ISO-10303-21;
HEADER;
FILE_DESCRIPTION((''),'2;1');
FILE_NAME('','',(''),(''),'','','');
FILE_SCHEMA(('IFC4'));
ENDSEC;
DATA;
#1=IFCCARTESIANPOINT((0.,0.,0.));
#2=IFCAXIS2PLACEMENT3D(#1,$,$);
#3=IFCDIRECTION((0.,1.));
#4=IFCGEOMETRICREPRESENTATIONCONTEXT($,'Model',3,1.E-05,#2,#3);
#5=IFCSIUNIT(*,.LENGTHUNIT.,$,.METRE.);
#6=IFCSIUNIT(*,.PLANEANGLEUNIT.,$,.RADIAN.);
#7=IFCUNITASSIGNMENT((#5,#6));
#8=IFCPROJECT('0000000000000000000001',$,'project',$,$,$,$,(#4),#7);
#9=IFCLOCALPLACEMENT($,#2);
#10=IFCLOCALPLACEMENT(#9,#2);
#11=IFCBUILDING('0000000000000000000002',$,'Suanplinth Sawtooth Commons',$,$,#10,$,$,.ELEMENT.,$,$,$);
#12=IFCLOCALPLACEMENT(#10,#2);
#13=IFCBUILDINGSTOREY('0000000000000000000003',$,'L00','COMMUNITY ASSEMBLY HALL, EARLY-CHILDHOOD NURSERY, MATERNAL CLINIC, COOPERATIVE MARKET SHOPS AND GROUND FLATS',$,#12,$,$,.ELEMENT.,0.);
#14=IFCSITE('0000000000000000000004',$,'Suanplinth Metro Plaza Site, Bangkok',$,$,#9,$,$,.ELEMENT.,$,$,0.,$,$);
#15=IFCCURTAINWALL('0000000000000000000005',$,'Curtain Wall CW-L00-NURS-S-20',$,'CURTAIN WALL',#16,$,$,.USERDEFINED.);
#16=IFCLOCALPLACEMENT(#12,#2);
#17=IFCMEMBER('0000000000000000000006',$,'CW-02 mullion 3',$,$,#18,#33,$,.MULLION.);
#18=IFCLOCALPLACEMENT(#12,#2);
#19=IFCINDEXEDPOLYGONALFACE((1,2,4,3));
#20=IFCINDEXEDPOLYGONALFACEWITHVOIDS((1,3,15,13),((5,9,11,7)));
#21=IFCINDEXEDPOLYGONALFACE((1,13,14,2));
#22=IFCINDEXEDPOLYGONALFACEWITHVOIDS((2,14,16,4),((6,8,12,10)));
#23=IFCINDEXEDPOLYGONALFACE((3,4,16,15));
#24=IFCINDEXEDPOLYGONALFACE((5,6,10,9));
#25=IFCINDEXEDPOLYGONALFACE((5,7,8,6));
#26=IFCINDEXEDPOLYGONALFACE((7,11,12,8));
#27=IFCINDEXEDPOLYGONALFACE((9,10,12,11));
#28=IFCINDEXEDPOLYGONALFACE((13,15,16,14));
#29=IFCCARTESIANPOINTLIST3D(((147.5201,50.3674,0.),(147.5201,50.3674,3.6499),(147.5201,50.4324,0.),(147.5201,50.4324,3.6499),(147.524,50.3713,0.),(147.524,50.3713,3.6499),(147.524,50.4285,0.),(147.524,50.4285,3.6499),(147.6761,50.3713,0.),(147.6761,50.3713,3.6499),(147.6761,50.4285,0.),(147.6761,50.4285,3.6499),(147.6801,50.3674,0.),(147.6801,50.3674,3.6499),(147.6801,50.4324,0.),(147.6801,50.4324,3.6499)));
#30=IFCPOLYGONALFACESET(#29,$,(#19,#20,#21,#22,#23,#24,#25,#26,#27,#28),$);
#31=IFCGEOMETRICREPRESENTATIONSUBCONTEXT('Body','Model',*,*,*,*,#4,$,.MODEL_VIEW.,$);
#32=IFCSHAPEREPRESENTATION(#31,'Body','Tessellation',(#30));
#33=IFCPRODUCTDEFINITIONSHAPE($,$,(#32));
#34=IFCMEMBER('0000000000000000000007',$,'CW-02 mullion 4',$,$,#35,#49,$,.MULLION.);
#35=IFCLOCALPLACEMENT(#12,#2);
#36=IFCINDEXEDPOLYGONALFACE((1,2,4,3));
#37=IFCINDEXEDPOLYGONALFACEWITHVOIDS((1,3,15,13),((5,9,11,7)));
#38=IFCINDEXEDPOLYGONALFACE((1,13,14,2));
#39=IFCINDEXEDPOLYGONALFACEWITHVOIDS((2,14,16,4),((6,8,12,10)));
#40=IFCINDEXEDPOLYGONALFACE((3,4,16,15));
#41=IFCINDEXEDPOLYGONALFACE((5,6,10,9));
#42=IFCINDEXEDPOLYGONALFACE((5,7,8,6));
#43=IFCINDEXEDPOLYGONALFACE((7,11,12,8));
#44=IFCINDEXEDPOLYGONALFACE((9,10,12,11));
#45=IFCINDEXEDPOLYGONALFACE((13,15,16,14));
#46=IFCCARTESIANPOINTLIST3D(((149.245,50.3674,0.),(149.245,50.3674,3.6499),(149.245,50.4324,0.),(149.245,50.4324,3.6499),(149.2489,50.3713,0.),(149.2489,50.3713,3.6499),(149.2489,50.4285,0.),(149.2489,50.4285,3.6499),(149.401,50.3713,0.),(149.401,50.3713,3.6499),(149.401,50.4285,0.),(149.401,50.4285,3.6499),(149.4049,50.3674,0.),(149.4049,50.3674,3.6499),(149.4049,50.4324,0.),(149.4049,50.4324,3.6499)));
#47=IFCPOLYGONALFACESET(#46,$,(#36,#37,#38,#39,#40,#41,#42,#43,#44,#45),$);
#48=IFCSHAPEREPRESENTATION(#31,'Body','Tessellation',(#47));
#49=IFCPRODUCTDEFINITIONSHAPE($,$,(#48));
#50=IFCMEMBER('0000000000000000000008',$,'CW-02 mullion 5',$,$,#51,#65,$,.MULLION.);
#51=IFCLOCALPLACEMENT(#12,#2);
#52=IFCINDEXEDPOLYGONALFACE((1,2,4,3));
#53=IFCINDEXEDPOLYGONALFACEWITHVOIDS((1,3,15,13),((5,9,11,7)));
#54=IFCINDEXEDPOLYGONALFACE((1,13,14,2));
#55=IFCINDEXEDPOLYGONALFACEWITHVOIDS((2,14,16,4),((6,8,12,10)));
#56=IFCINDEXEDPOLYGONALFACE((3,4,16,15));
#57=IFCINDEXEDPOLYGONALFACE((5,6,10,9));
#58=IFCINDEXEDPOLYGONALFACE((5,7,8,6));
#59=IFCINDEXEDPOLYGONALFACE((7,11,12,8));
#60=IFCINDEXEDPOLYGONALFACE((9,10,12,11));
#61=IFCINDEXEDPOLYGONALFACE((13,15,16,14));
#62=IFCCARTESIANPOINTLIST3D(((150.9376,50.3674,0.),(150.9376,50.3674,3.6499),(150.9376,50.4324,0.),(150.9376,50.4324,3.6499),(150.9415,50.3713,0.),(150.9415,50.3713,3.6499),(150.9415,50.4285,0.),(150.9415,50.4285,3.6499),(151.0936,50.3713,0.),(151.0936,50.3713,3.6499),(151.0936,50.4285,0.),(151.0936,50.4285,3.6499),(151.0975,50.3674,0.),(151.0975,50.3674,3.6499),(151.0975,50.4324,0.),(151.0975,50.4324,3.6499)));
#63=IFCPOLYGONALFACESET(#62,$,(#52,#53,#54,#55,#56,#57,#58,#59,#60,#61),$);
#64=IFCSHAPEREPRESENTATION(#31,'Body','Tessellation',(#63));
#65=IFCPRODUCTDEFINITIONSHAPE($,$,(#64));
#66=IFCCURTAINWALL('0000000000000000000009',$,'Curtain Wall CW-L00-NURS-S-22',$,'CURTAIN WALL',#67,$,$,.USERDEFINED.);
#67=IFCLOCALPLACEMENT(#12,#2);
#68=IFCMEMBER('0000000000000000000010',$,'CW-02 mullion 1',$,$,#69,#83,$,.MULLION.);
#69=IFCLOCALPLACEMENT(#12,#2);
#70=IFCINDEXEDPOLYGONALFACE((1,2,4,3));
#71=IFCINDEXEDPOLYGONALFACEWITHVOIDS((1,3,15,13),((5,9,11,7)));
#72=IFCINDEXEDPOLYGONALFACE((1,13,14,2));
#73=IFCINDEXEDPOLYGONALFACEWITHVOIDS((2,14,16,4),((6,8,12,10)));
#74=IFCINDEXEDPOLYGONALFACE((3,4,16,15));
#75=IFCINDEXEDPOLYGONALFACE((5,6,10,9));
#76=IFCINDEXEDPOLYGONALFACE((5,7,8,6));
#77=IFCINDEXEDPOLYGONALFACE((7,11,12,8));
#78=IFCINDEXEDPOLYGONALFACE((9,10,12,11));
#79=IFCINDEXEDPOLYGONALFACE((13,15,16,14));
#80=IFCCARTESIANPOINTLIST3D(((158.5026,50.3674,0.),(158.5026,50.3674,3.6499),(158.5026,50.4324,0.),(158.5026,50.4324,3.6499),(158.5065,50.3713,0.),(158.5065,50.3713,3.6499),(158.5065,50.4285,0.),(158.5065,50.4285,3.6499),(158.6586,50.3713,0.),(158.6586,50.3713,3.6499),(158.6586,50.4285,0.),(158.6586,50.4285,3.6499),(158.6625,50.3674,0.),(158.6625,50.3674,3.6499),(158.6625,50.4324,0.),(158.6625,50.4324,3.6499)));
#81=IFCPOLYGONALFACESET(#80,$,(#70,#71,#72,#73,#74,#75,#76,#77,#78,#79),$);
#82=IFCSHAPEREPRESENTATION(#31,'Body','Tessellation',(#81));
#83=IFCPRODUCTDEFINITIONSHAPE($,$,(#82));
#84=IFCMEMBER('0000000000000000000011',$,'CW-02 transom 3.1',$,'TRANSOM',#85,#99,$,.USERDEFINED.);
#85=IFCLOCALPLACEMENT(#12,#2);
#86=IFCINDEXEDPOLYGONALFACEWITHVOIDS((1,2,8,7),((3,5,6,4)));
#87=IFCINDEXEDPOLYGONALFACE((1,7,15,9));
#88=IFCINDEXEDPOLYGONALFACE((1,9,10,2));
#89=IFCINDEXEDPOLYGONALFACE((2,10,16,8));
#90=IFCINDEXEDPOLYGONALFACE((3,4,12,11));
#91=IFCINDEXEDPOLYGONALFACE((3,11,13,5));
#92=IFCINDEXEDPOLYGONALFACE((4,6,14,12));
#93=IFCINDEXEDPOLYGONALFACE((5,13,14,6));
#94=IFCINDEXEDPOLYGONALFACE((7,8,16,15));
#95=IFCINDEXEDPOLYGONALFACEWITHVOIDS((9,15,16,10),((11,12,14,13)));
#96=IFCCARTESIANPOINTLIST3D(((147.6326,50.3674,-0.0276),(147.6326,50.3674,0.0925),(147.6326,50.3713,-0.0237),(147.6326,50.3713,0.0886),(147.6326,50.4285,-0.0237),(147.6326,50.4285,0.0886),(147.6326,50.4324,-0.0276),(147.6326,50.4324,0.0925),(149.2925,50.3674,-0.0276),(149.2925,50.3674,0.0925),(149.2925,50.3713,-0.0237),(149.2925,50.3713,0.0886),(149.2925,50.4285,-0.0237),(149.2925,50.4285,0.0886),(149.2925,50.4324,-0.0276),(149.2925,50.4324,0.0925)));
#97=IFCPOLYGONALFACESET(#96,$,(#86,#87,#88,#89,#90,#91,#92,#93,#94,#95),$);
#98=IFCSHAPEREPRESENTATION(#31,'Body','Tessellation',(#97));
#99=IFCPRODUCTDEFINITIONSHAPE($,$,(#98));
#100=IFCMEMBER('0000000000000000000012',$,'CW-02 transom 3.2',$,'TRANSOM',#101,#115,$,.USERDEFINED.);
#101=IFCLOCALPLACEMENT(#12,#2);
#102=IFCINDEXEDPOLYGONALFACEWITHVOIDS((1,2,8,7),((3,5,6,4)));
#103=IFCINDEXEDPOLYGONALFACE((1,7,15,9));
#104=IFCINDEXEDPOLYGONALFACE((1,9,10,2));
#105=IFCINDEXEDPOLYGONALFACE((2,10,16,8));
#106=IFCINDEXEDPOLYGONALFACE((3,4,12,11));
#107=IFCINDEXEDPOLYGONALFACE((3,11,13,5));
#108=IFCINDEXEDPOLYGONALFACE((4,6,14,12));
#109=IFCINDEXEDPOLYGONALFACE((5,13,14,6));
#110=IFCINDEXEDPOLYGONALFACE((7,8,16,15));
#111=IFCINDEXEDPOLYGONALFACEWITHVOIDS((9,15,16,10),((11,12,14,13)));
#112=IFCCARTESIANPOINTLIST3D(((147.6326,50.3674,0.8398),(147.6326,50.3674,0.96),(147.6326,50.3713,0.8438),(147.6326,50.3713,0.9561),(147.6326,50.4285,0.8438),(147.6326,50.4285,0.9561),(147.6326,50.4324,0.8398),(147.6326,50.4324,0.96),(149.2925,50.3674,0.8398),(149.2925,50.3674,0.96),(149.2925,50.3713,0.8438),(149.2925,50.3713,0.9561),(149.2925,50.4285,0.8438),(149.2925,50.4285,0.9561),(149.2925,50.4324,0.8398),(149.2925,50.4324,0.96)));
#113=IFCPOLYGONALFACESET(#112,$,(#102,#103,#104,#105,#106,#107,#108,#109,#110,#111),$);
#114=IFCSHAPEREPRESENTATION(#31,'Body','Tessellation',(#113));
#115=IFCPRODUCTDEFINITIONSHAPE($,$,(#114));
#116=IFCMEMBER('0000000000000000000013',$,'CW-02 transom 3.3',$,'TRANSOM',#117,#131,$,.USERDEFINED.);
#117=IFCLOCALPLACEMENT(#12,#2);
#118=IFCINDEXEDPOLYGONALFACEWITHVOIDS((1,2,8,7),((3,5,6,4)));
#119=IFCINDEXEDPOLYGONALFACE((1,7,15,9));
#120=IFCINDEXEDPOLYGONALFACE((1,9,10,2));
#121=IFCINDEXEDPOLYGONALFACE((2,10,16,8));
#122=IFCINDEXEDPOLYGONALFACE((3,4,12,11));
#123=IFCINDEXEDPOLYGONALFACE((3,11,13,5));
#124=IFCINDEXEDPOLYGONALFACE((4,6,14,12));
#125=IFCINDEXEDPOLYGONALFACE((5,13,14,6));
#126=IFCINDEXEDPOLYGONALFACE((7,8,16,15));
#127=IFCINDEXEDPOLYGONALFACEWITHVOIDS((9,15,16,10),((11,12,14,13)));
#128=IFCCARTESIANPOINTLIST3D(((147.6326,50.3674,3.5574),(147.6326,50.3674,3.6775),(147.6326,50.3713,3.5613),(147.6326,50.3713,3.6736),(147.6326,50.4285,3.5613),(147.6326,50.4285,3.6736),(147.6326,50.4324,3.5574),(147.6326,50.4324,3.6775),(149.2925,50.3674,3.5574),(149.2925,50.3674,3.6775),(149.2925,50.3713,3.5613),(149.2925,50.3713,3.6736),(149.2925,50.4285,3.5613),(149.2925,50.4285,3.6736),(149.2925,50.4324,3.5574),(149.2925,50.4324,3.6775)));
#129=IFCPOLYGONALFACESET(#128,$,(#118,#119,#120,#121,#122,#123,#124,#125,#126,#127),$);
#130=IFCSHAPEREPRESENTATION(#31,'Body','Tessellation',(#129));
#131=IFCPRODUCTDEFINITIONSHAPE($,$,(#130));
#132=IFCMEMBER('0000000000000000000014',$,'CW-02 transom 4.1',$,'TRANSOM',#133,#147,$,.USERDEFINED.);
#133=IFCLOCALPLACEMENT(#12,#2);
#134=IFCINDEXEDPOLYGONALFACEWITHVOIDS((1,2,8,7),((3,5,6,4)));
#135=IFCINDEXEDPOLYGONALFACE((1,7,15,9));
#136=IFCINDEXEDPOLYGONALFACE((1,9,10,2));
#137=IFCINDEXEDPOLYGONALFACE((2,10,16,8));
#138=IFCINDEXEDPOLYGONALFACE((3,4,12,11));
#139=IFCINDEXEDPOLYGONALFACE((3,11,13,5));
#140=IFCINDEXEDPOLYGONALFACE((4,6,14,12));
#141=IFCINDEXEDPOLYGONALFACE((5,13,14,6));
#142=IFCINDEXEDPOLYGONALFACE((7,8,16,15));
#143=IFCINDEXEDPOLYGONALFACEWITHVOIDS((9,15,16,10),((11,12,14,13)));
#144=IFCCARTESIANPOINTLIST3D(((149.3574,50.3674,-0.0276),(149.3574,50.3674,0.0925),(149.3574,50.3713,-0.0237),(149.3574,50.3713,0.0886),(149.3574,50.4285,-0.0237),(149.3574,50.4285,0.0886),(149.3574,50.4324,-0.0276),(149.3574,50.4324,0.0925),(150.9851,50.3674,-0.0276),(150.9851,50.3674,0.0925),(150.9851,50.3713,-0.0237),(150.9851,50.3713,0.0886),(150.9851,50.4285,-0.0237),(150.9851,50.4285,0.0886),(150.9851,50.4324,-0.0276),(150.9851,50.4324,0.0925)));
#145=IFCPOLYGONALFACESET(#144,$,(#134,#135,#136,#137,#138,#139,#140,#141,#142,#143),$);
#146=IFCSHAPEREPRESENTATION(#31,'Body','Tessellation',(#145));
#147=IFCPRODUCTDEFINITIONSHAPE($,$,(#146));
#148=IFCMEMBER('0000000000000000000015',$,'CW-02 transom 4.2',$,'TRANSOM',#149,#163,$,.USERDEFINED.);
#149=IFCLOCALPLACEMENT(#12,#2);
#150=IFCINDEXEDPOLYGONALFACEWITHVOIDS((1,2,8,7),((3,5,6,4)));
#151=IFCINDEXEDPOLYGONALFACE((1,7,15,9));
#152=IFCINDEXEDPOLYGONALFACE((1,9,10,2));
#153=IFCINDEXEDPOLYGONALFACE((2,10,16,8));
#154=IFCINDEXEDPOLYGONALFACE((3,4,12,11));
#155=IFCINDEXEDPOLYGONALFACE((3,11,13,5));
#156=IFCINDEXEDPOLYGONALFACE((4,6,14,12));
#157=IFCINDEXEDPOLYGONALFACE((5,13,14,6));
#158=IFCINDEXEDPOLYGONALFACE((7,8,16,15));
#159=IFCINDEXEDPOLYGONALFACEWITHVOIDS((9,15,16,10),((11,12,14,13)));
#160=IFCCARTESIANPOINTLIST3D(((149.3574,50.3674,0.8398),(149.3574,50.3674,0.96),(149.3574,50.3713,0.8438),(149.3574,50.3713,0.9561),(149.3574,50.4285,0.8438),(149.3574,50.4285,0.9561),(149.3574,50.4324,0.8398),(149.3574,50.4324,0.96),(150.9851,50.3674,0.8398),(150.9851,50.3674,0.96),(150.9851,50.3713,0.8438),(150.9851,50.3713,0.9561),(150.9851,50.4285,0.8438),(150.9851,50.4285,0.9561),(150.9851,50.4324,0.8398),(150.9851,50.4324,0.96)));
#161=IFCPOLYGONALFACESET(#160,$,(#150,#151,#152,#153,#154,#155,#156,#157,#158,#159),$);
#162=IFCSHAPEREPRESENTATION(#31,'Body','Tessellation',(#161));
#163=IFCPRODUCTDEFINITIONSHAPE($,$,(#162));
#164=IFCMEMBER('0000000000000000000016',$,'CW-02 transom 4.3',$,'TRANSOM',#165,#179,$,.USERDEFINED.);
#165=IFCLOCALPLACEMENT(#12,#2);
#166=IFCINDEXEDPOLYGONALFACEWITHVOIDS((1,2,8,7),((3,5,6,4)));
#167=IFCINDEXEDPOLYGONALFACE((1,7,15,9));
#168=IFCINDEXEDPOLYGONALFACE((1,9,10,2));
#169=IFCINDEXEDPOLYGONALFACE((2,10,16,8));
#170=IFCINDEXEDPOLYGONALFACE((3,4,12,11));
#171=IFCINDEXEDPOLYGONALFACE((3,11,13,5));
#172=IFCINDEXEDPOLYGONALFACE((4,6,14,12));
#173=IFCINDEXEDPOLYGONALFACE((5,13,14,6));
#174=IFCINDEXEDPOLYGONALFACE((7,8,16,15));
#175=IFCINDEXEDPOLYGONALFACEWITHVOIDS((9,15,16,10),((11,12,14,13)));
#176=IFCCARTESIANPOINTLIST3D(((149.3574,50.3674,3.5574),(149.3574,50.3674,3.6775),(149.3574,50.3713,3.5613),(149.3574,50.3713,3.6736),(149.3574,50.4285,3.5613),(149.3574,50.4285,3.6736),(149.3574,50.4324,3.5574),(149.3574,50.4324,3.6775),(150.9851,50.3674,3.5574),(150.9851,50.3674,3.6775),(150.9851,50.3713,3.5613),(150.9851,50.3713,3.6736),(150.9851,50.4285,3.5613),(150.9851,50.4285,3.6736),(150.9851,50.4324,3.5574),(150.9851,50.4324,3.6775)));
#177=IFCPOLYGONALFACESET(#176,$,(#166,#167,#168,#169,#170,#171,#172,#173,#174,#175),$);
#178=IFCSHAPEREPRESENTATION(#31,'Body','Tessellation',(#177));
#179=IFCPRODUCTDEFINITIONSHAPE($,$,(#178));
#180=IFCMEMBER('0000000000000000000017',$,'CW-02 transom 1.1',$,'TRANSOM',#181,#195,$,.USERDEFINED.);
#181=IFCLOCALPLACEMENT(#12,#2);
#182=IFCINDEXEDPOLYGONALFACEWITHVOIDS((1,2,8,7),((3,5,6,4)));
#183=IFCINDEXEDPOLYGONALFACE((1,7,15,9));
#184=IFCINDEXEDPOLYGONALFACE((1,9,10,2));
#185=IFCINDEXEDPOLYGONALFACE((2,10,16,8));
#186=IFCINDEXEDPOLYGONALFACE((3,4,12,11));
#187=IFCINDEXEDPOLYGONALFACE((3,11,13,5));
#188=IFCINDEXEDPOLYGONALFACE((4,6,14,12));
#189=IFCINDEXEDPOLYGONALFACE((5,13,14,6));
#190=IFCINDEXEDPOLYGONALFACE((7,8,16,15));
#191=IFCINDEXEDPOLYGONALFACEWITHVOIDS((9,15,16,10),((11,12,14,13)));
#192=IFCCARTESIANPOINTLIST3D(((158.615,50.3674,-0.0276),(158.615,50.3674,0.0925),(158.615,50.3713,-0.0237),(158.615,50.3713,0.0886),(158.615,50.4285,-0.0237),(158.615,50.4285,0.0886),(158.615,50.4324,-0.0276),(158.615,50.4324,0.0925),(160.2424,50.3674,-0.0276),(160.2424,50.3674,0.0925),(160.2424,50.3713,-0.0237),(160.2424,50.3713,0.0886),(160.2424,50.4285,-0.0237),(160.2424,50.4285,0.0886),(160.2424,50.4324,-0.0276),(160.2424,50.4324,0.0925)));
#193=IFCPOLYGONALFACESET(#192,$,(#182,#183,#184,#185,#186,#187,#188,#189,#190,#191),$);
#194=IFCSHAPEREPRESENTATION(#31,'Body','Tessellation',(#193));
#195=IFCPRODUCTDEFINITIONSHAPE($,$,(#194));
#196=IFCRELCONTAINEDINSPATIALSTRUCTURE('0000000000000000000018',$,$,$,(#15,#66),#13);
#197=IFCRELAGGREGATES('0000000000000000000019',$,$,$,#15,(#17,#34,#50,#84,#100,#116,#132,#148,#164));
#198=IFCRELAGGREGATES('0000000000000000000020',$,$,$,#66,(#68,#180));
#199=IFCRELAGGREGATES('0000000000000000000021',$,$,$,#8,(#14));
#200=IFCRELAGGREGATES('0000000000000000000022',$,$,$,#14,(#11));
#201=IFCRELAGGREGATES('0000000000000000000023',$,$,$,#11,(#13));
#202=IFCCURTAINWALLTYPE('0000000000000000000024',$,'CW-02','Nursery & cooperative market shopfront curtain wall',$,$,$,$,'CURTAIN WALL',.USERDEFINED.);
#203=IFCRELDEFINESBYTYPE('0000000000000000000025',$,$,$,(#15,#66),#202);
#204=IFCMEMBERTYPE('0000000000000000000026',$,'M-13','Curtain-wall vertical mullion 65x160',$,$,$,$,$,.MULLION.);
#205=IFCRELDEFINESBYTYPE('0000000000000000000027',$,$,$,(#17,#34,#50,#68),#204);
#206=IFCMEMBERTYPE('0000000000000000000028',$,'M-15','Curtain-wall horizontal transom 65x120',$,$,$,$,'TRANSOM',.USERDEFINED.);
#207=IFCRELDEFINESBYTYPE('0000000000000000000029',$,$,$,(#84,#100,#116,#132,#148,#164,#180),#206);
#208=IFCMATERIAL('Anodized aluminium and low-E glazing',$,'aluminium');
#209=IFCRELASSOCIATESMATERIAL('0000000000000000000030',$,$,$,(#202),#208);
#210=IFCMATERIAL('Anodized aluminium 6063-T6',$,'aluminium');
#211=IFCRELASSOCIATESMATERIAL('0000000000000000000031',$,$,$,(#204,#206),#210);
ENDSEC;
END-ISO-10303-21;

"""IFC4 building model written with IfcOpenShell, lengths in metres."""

from ifc_helpers import new_model, si_unit, direction, frame, origin, origin_2d, place, context, subcontext, project, spatial, hollow_rectangle, extrude, material, material_profile, profile_set, type_object, element, aggregate, save


model = new_model("IFC4")

# Units and contexts
model_context = context("Model", 3, precision=1e-05, world=origin(), true_north=direction((0.0, 1.0)))
body_context = subcontext(model_context, "Body", "Model", "MODEL_VIEW")
ifc_project = project(units=[si_unit("LENGTHUNIT", "METRE"), si_unit("PLANEANGLEUNIT", "RADIAN")], contexts=[model_context])

# Site, building, storey
site_placement = place(None, origin())
site = spatial("IfcSite", under=ifc_project, at=site_placement, Name="Suanplinth Metro Plaza Site, Bangkok", CompositionType="ELEMENT", RefElevation=0.0)
building_placement = place(site_placement, origin())
building = spatial("IfcBuilding", under=site, at=building_placement, Name="Suanplinth Sawtooth Commons", CompositionType="ELEMENT")
storey_placement = place(building_placement, origin())
storey = spatial("IfcBuildingStorey", under=building, at=storey_placement, Name="L00", Description="COMMUNITY ASSEMBLY HALL, EARLY-CHILDHOOD NURSERY, MATERNAL CLINIC, COOPERATIVE MARKET SHOPS AND GROUND FLATS", CompositionType="ELEMENT", Elevation=0.0)

# Curtain wall, members
ifc_material_1 = material(Name="Anodized aluminium and low-E glazing", Category="aluminium")
curtain_wall_type = type_object("IfcCurtainWallType", Name="CW-02", Description="Nursery & cooperative market shopfront curtain wall", ElementType="CURTAIN WALL", PredefinedType="USERDEFINED", material=ifc_material_1)
curtain_wall_1_placement = place(storey_placement, origin())
curtain_wall_1 = element("IfcCurtainWall", 1, at=curtain_wall_1_placement, inside=storey, type_object=curtain_wall_type, Name="Curtain Wall CW-L00-NURS-S-20", ObjectType="CURTAIN WALL", PredefinedType="USERDEFINED")
ifc_material_2 = material(Name="Anodized aluminium 6063-T6", Category="aluminium")
ifc_material_profile_1 = material_profile(ifc_material_2, hollow_rectangle(XDim=0.0649, YDim=0.1599, WallThickness=0.0039, at=origin_2d()), Name="ALU-MUL 65x160")
ifc_profile_set_1 = profile_set([ifc_material_profile_1], Name="Anodized aluminium 6063-T6")
member_type_1 = type_object("IfcMemberType", Name="M-13", Description="Curtain-wall vertical mullion 65x160", PredefinedType="MULLION", material=ifc_profile_set_1)
member_1_placement = place(storey_placement, frame((147.6001, 50.3999, 0.0), z_axis=(0.0, 0.0, 1.0), x_axis=(0.0, 1.0, 0.0)))
member_1 = element("IfcMember", 2, at=member_1_placement, type_object=member_type_1, Name="CW-02 mullion 3", PredefinedType="MULLION", context=body_context, shape_type="SweptSolid", body=[
    extrude(hollow_rectangle(XDim=0.0649, YDim=0.1599, WallThickness=0.0039, at=origin_2d()), origin(), (0.0, 0.0, 1.0), 3.6499),
])
member_2_placement = place(storey_placement, frame((149.325, 50.3999, 0.0), z_axis=(0.0, 0.0, 1.0), x_axis=(0.0, 1.0, 0.0)))
member_2 = element("IfcMember", 3, at=member_2_placement, type_object=member_type_1, Name="CW-02 mullion 4", PredefinedType="MULLION", context=body_context, shape_type="SweptSolid", body=[
    extrude(hollow_rectangle(XDim=0.0649, YDim=0.1599, WallThickness=0.0039, at=origin_2d()), origin(), (0.0, 0.0, 1.0), 3.6499),
])
member_3_placement = place(storey_placement, frame((151.0176, 50.3999, 0.0), z_axis=(0.0, 0.0, 1.0), x_axis=(0.0, 1.0, 0.0)))
member_3 = element("IfcMember", 4, at=member_3_placement, type_object=member_type_1, Name="CW-02 mullion 5", PredefinedType="MULLION", context=body_context, shape_type="SweptSolid", body=[
    extrude(hollow_rectangle(XDim=0.0649, YDim=0.1599, WallThickness=0.0039, at=origin_2d()), origin(), (0.0, 0.0, 1.0), 3.6499),
])

# Curtain wall, member
curtain_wall_2_placement = place(storey_placement, origin())
curtain_wall_2 = element("IfcCurtainWall", 5, at=curtain_wall_2_placement, inside=storey, type_object=curtain_wall_type, Name="Curtain Wall CW-L00-NURS-S-22", ObjectType="CURTAIN WALL", PredefinedType="USERDEFINED")
member_4_placement = place(storey_placement, frame((158.5825, 50.3999, 0.0), z_axis=(0.0, 0.0, 1.0), x_axis=(0.0, 1.0, 0.0)))
member_4 = element("IfcMember", 6, at=member_4_placement, type_object=member_type_1, Name="CW-02 mullion 1", PredefinedType="MULLION", context=body_context, shape_type="SweptSolid", body=[
    extrude(hollow_rectangle(XDim=0.0649, YDim=0.1599, WallThickness=0.0039, at=origin_2d()), origin(), (0.0, 0.0, 1.0), 3.6499),
])

# Members
ifc_material_profile_2 = material_profile(ifc_material_2, hollow_rectangle(XDim=0.0649, YDim=0.1201, WallThickness=0.0039, at=origin_2d()), Name="ALU-TRN 65x120")
ifc_profile_set_2 = profile_set([ifc_material_profile_2], Name="Anodized aluminium 6063-T6")
member_type_2 = type_object("IfcMemberType", Name="M-15", Description="Curtain-wall horizontal transom 65x120", ElementType="TRANSOM", PredefinedType="USERDEFINED", material=ifc_profile_set_2)
member_5_placement = place(storey_placement, frame((147.6326, 50.3999, 0.0325), z_axis=(1.0, 0.0, 0.0), x_axis=(0.0, 1.0, 0.0)))
member_5 = element("IfcMember", 7, at=member_5_placement, type_object=member_type_2, Name="CW-02 transom 3.1", ObjectType="TRANSOM", PredefinedType="USERDEFINED", context=body_context, shape_type="SweptSolid", body=[
    extrude(hollow_rectangle(XDim=0.0649, YDim=0.1201, WallThickness=0.0039, at=origin_2d()), origin(), (0.0, 0.0, 1.0), 1.6599),
])
member_6_placement = place(storey_placement, frame((147.6326, 50.3999, 0.8999), z_axis=(1.0, 0.0, 0.0), x_axis=(0.0, 1.0, 0.0)))
member_6 = element("IfcMember", 8, at=member_6_placement, type_object=member_type_2, Name="CW-02 transom 3.2", ObjectType="TRANSOM", PredefinedType="USERDEFINED", context=body_context, shape_type="SweptSolid", body=[
    extrude(hollow_rectangle(XDim=0.0649, YDim=0.1201, WallThickness=0.0039, at=origin_2d()), origin(), (0.0, 0.0, 1.0), 1.6599),
])
member_7_placement = place(storey_placement, frame((147.6326, 50.3999, 3.6174), z_axis=(1.0, 0.0, 0.0), x_axis=(0.0, 1.0, 0.0)))
member_7 = element("IfcMember", 9, at=member_7_placement, type_object=member_type_2, Name="CW-02 transom 3.3", ObjectType="TRANSOM", PredefinedType="USERDEFINED", context=body_context, shape_type="SweptSolid", body=[
    extrude(hollow_rectangle(XDim=0.0649, YDim=0.1201, WallThickness=0.0039, at=origin_2d()), origin(), (0.0, 0.0, 1.0), 1.6599),
])
member_8_placement = place(storey_placement, frame((149.3574, 50.3999, 0.0325), z_axis=(1.0, 0.0, 0.0), x_axis=(0.0, 1.0, 0.0)))
member_8 = element("IfcMember", 10, at=member_8_placement, type_object=member_type_2, Name="CW-02 transom 4.1", ObjectType="TRANSOM", PredefinedType="USERDEFINED", context=body_context, shape_type="SweptSolid", body=[
    extrude(hollow_rectangle(XDim=0.0649, YDim=0.1201, WallThickness=0.0039, at=origin_2d()), origin(), (0.0, 0.0, 1.0), 1.6277),
])
member_9_placement = place(storey_placement, frame((149.3574, 50.3999, 0.8999), z_axis=(1.0, 0.0, 0.0), x_axis=(0.0, 1.0, 0.0)))
member_9 = element("IfcMember", 11, at=member_9_placement, type_object=member_type_2, Name="CW-02 transom 4.2", ObjectType="TRANSOM", PredefinedType="USERDEFINED", context=body_context, shape_type="SweptSolid", body=[
    extrude(hollow_rectangle(XDim=0.0649, YDim=0.1201, WallThickness=0.0039, at=origin_2d()), origin(), (0.0, 0.0, 1.0), 1.6277),
])
member_10_placement = place(storey_placement, frame((149.3574, 50.3999, 3.6174), z_axis=(1.0, 0.0, 0.0), x_axis=(0.0, 1.0, 0.0)))
member_10 = element("IfcMember", 12, at=member_10_placement, type_object=member_type_2, Name="CW-02 transom 4.3", ObjectType="TRANSOM", PredefinedType="USERDEFINED", context=body_context, shape_type="SweptSolid", body=[
    extrude(hollow_rectangle(XDim=0.0649, YDim=0.1201, WallThickness=0.0039, at=origin_2d()), origin(), (0.0, 0.0, 1.0), 1.6277),
])
member_11_placement = place(storey_placement, frame((158.615, 50.3999, 0.0325), z_axis=(1.0, 0.0, 0.0), x_axis=(0.0, 1.0, 0.0)))
member_11 = element("IfcMember", 13, at=member_11_placement, type_object=member_type_2, Name="CW-02 transom 1.1", ObjectType="TRANSOM", PredefinedType="USERDEFINED", context=body_context, shape_type="SweptSolid", body=[
    extrude(hollow_rectangle(XDim=0.0649, YDim=0.1201, WallThickness=0.0039, at=origin_2d()), origin(), (0.0, 0.0, 1.0), 1.6274),
])

aggregate(curtain_wall_1, [member_1, member_2, member_3, member_5, member_6, member_7, member_8, member_9, member_10])
aggregate(curtain_wall_2, [member_4, member_11])

save(model, "model.ifc")
